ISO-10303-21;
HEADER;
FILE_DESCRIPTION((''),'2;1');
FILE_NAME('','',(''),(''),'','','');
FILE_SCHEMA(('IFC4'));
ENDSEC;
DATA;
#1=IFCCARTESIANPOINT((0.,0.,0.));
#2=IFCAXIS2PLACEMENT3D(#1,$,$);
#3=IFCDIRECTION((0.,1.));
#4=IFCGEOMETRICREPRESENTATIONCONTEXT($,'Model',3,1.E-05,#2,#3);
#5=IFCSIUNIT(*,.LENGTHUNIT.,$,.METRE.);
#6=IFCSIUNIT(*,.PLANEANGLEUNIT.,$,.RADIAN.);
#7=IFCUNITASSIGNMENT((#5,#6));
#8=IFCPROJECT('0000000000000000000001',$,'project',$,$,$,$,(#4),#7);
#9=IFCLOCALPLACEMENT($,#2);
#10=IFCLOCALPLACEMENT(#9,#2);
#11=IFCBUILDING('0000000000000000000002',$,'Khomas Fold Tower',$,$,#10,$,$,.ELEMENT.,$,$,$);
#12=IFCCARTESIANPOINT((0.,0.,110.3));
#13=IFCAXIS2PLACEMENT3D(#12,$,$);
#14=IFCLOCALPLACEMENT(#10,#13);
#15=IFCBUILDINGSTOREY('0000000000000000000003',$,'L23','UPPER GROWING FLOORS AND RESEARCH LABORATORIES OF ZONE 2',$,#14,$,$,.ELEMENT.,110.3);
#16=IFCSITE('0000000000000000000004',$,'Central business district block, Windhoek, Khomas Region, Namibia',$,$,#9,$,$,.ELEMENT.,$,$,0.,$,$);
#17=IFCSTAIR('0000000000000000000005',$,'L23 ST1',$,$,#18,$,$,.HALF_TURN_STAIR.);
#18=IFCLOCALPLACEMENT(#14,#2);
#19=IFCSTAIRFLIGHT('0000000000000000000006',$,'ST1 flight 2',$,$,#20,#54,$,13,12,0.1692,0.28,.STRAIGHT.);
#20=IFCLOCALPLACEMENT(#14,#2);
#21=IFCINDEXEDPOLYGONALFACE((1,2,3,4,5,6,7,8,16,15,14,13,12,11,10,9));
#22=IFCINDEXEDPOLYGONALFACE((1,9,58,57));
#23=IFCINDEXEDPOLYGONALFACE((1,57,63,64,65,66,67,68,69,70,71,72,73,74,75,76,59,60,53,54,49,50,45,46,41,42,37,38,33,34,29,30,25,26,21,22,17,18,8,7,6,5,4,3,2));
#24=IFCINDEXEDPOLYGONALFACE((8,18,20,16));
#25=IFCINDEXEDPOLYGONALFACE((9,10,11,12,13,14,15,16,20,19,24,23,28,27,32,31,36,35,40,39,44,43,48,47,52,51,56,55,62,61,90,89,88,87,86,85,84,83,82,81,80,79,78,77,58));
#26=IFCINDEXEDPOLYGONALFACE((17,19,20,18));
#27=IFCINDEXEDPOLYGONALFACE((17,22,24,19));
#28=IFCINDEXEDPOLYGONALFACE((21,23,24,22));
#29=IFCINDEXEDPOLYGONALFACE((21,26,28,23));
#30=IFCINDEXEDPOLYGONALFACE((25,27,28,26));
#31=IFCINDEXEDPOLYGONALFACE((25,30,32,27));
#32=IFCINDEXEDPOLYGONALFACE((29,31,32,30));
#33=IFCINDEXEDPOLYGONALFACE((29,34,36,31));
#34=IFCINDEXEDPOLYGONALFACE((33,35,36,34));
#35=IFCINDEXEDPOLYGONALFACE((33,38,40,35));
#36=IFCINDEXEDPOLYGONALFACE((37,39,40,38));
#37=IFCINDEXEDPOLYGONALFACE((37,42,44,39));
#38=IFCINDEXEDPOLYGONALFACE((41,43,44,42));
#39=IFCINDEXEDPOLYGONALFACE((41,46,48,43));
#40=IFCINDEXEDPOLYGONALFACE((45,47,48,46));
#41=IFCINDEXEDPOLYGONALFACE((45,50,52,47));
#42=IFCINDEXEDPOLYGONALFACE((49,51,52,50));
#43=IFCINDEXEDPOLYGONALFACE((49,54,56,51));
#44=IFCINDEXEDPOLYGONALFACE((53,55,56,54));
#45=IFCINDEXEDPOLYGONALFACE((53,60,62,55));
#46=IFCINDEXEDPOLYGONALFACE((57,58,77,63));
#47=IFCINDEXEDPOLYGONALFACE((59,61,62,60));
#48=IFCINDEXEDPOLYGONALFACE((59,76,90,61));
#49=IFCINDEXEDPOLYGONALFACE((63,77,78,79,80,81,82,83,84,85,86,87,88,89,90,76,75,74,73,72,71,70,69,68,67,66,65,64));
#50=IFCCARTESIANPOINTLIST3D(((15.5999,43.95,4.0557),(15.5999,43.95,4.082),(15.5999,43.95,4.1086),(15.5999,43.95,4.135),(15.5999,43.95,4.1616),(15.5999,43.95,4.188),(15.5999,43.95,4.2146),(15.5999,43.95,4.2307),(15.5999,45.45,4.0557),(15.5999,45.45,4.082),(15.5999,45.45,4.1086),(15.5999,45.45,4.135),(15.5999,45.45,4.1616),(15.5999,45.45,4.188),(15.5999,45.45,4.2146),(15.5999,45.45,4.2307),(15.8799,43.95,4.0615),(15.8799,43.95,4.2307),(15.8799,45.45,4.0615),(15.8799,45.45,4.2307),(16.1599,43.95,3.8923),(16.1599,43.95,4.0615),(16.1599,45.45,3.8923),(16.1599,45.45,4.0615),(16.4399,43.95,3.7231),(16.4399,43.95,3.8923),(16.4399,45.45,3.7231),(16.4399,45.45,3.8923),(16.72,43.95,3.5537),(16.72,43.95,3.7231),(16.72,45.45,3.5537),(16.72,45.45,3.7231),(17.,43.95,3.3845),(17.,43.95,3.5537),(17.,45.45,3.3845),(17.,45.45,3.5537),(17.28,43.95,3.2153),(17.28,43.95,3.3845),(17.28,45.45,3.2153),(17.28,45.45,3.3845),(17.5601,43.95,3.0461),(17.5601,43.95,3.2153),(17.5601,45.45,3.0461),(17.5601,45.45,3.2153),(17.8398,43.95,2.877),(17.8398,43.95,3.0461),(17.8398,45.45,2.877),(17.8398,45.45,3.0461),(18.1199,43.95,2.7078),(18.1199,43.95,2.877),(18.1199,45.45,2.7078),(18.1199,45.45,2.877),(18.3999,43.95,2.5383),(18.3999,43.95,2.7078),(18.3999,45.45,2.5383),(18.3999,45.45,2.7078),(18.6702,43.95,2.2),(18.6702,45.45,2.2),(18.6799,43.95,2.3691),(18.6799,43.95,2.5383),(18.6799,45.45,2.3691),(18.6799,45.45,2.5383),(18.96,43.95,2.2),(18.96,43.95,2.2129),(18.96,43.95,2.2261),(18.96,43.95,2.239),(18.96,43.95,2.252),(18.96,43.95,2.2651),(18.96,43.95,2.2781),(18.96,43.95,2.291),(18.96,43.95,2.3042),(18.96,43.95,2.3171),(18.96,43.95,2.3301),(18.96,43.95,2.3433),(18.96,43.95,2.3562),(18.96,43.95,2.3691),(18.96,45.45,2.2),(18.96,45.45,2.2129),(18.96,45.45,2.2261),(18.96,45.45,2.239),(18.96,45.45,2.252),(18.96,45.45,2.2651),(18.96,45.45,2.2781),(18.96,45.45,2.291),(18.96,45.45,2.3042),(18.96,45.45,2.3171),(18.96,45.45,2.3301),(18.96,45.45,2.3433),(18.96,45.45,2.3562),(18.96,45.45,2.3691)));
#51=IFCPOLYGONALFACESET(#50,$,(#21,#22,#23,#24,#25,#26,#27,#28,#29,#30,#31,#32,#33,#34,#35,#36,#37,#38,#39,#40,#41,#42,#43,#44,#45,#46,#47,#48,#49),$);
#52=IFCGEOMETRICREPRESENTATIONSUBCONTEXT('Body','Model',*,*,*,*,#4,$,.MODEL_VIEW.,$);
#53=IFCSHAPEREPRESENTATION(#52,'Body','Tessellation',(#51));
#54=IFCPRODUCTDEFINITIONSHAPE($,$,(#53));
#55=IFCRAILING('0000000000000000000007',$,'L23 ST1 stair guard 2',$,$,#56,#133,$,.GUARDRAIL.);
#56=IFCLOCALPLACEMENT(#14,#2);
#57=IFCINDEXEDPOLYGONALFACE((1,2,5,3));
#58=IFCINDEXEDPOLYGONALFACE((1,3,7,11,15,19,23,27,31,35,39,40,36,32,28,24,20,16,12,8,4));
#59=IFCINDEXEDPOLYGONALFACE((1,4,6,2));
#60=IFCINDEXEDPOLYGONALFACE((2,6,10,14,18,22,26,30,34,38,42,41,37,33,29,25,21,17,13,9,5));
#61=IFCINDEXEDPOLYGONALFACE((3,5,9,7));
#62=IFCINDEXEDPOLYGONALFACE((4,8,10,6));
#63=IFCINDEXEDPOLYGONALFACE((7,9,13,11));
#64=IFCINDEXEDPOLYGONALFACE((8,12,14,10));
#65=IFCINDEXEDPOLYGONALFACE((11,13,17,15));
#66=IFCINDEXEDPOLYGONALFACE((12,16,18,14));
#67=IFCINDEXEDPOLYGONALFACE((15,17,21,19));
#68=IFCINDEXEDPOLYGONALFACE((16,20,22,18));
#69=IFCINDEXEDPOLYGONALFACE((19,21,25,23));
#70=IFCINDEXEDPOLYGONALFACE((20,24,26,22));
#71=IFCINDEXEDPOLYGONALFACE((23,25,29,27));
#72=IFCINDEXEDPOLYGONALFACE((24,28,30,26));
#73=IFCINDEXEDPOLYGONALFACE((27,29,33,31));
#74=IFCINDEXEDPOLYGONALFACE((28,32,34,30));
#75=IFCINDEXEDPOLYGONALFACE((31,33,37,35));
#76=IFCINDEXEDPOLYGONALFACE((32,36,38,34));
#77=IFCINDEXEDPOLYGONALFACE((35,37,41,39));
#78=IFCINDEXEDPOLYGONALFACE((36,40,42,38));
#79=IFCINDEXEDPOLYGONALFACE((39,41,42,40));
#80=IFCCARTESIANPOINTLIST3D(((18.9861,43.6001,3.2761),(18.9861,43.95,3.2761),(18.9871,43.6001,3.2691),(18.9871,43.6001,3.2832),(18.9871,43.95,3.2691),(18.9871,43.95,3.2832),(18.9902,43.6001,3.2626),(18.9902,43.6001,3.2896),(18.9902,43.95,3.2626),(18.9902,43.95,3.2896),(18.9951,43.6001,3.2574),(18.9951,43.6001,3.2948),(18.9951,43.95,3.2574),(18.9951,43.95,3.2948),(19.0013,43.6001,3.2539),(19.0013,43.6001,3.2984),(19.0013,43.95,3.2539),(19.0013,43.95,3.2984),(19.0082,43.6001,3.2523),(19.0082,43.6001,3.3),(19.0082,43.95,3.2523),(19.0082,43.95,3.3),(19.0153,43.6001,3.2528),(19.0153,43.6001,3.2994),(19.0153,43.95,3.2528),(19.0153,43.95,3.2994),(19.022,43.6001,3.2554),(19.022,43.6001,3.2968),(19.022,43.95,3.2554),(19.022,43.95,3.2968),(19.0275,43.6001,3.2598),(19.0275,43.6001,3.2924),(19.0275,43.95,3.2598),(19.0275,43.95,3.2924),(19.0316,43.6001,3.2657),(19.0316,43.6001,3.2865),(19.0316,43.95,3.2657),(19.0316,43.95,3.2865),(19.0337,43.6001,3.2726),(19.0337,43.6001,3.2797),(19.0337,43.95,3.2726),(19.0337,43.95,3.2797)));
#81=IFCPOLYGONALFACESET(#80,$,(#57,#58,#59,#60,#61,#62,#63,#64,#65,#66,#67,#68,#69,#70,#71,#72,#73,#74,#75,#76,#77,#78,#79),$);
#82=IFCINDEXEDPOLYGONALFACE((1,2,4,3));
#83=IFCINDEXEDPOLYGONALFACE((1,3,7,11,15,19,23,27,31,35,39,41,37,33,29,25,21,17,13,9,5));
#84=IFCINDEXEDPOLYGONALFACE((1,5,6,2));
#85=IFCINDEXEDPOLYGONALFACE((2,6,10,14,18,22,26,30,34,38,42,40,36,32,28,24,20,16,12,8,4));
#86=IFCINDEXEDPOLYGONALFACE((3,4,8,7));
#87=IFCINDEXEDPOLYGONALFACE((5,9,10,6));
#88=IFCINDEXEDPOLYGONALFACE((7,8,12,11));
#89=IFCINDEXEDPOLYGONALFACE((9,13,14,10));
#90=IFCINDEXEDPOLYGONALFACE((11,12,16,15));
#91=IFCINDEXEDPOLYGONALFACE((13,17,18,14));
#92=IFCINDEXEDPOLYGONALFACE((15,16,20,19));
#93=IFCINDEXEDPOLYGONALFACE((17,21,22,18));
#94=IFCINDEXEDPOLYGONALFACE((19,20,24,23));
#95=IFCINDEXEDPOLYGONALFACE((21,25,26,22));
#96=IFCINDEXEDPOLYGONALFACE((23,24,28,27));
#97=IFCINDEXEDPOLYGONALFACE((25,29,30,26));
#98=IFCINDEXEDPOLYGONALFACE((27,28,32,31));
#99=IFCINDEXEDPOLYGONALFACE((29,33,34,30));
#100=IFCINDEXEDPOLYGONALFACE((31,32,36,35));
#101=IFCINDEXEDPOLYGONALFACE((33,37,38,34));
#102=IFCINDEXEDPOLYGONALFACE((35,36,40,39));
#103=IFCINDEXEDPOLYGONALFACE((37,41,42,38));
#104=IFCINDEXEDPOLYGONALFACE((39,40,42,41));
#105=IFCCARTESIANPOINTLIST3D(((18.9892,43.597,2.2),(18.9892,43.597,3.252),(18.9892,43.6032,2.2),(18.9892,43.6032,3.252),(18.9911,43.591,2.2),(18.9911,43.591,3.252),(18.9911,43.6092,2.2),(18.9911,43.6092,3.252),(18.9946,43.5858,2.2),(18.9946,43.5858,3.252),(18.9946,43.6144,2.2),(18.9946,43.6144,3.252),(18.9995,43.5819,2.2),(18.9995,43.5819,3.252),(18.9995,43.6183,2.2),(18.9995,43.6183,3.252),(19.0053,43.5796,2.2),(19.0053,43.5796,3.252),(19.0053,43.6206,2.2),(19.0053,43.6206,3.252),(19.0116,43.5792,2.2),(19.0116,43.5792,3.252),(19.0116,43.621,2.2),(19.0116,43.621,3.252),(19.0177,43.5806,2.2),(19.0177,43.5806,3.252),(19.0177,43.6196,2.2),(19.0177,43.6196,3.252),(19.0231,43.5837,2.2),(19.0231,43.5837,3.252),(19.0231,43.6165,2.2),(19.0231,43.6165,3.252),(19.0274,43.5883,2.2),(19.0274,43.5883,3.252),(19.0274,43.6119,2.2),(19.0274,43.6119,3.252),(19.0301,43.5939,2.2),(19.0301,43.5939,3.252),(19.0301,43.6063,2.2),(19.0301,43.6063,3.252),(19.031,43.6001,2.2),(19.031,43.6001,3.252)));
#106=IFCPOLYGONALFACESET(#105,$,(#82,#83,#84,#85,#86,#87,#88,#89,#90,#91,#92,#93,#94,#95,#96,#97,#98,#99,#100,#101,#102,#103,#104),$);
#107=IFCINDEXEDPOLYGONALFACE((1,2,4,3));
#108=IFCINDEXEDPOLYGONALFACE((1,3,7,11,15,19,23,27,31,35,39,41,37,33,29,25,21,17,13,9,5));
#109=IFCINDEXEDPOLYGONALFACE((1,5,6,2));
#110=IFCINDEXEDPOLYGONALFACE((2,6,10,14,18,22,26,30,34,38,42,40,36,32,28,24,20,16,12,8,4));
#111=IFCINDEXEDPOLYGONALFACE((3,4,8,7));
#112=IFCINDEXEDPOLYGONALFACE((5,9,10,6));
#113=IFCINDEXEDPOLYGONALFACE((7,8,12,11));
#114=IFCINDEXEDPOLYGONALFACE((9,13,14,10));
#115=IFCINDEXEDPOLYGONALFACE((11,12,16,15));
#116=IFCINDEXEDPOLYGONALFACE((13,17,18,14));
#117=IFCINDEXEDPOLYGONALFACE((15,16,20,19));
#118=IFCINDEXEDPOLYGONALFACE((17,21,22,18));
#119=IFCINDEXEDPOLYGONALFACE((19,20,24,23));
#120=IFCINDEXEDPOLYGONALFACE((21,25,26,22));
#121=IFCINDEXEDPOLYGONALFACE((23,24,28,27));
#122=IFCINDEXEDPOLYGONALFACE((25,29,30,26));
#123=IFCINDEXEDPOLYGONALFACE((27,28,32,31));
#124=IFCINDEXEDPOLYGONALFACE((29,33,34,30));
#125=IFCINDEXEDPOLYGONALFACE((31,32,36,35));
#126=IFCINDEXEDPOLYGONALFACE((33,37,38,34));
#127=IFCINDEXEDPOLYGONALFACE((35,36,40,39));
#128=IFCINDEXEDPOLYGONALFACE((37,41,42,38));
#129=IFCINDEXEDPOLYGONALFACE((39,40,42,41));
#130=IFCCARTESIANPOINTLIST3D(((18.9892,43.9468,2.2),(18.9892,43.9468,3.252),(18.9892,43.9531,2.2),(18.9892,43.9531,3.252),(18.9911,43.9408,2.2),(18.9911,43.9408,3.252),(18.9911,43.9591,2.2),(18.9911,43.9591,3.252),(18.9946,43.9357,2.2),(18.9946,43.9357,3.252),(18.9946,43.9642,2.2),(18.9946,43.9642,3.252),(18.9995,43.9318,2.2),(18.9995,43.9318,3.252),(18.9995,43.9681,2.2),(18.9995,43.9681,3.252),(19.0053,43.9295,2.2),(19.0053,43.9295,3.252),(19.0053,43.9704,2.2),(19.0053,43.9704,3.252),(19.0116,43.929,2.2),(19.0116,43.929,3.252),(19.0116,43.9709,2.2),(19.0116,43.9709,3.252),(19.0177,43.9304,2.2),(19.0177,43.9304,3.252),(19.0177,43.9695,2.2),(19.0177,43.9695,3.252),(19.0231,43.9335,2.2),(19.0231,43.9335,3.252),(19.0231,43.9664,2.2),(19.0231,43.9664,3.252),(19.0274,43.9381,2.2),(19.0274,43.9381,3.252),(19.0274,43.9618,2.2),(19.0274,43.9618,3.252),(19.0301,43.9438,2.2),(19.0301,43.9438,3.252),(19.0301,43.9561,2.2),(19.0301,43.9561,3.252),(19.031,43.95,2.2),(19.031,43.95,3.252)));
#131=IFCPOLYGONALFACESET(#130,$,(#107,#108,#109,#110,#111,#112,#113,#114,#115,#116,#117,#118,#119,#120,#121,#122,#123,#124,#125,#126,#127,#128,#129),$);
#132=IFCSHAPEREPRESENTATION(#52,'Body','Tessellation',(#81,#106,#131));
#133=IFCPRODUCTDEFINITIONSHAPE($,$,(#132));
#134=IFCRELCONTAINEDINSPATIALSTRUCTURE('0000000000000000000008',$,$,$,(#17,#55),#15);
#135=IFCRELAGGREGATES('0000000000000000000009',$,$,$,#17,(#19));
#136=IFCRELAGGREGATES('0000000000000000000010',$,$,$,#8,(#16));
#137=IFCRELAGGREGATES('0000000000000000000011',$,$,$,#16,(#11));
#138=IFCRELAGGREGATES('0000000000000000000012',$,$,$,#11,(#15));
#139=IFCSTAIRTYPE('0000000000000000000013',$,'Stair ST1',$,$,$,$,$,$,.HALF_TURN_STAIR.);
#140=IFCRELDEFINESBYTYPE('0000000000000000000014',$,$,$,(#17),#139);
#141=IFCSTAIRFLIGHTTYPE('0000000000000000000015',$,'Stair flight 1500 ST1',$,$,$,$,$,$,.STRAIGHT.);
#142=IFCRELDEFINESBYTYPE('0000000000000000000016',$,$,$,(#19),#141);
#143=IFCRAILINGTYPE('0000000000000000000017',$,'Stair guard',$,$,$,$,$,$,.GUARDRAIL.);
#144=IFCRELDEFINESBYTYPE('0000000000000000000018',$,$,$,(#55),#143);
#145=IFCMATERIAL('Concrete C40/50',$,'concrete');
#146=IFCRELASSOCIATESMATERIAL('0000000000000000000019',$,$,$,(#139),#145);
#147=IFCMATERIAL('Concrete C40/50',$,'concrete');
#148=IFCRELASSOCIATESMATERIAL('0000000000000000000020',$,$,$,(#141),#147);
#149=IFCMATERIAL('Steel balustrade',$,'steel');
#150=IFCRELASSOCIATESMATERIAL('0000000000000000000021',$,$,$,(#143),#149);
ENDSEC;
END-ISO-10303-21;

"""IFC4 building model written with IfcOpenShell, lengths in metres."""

from ifc_helpers import new_model, si_unit, direction, frame, origin, origin_2d, place, context, subcontext, project, spatial, polyline, circle, outline, extrude, source, transform, mapped, material, type_object, element, aggregate, save


model = new_model("IFC4")

# Units and contexts
model_context = context("Model", 3, precision=1e-05, world=origin(), true_north=direction((0.0, 1.0)))
body_context = subcontext(model_context, "Body", "Model", "MODEL_VIEW")
ifc_project = project(units=[si_unit("LENGTHUNIT", "METRE"), si_unit("PLANEANGLEUNIT", "RADIAN")], contexts=[model_context])

# Site, building, storey
site_placement = place(None, origin())
site = spatial("IfcSite", under=ifc_project, at=site_placement, Name="Central business district block, Windhoek, Khomas Region, Namibia", CompositionType="ELEMENT", RefElevation=0.0)
building_placement = place(site_placement, origin())
building = spatial("IfcBuilding", under=site, at=building_placement, Name="Khomas Fold Tower", CompositionType="ELEMENT")
storey_placement = place(building_placement, frame((0.0, 0.0, 110.3)))
storey = spatial("IfcBuildingStorey", under=building, at=storey_placement, Name="L23", Description="UPPER GROWING FLOORS AND RESEARCH LABORATORIES OF ZONE 2", CompositionType="ELEMENT", Elevation=110.3)

# Stair, stair flight
ifc_material_1 = material(Name="Concrete C40/50", Category="concrete")
stair_type = type_object("IfcStairType", Name="Stair ST1", PredefinedType="HALF_TURN_STAIR", material=ifc_material_1)
stair_placement = place(storey_placement, origin())
stair = element("IfcStair", 1, at=stair_placement, inside=storey, type_object=stair_type, Name="L23 ST1", PredefinedType="HALF_TURN_STAIR")
ifc_material_2 = material(Name="Concrete C40/50", Category="concrete")
stair_flight_type = type_object("IfcStairFlightType", Name="Stair flight 1500 ST1", PredefinedType="STRAIGHT", material=ifc_material_2)
shared_shape_1 = source(origin(), body_context, "Body", "SweptSolid", [
    extrude(outline(polyline([(0.0, 0.0), (0.0, 0.0129), (0.0, 0.0261), (0.0, 0.0391), (0.0, 0.052), (0.0, 0.0652), (0.0, 0.0781), (0.0, 0.0911), (0.0, 0.1042), (0.0, 0.1172), (0.0, 0.1301), (0.0, 0.1433), (0.0, 0.1562), (0.0, 0.1692), (0.28, 0.1692), (0.28, 0.3384), (0.5601, 0.3384), (0.5601, 0.5078), (0.8401, 0.5078), (0.8401, 0.677), (1.1201, 0.677), (1.1201, 0.8462), (1.3999, 0.8462), (1.3999, 1.0154), (1.6799, 1.0154), (1.6799, 1.1846), (1.96, 1.1846), (1.96, 1.3538), (2.24, 1.3538), (2.24, 1.5232), (2.52, 1.5232), (2.52, 1.6924), (2.8, 1.6924), (2.8, 1.8616), (3.0801, 1.8616), (3.0801, 2.0308), (3.3601, 2.0308), (3.3601, 2.2), (3.3601, 2.1736), (3.3601, 2.147), (3.3601, 2.1206), (3.3601, 2.094), (3.3601, 2.0676), (3.3601, 2.041), (3.3601, 2.0146), (3.3601, 1.988), (3.3601, 1.9617), (3.3601, 1.9351), (3.3601, 1.9087), (3.3601, 1.8821), (3.3601, 1.8557), (0.2898, 0.0), (0.0, 0.0)])), frame((0.0, 0.75, 0.0), z_axis=(0.0, -1.0, 0.0), x_axis=(1.0, 0.0, 0.0)), (0.0, 0.0, 1.0), 1.5),
])
stair_flight_1_placement = place(storey_placement, frame((18.96, 44.7, 2.2), z_axis=(0.0, 0.0, 1.0), x_axis=(-1.0, 0.0, 0.0)))
stair_flight_1 = element("IfcStairFlight", 2, at=stair_flight_1_placement, type_object=stair_flight_type, Name="ST1 flight 2", NumberOfRisers=13, NumberOfTreads=12, PredefinedType="STRAIGHT", RiserHeight=0.1692, TreadLength=0.28, context=body_context, shape_type="MappedRepresentation", body=[
    mapped(shared_shape_1, transform((0.0, 0.0, 0.0))),
])
aggregate(stair, [stair_flight_1])

# Railing
ifc_material_3 = material(Name="Steel balustrade", Category="steel")
railing_type_1 = type_object("IfcRailingType", Name="Stair guard", PredefinedType="GUARDRAIL", material=ifc_material_3)
shared_shape_2 = source(origin(), body_context, "Body", "SweptSolid", [
    extrude(circle(Radius=0.0239, at=origin_2d()), frame((0.0, 0.0, 1.0762), z_axis=(0.0, 1.0, 0.0), x_axis=(-1.0, 0.0, 0.0)), (0.0, 0.0, 1.0), 0.3499),
    extrude(circle(Radius=0.021, at=origin_2d()), origin(), (0.0, 0.0, 1.0), 1.052),
    extrude(circle(Radius=0.021, at=origin_2d()), frame((0.0, 0.3499, 0.0)), (0.0, 0.0, 1.0), 1.052),
])
for number, where, name in (
    (3, (19.01, 43.6001, 2.2), "L23 ST1 stair guard 2"),
):
    element("IfcRailing", number, at=place(storey_placement, frame(where)), inside=storey, type_object=railing_type_1, Name=name, PredefinedType="GUARDRAIL", context=body_context, shape_type="MappedRepresentation", body=[
        mapped(shared_shape_2, transform((0.0, 0.0, 0.0))),
    ])

save(model, "model.ifc")
